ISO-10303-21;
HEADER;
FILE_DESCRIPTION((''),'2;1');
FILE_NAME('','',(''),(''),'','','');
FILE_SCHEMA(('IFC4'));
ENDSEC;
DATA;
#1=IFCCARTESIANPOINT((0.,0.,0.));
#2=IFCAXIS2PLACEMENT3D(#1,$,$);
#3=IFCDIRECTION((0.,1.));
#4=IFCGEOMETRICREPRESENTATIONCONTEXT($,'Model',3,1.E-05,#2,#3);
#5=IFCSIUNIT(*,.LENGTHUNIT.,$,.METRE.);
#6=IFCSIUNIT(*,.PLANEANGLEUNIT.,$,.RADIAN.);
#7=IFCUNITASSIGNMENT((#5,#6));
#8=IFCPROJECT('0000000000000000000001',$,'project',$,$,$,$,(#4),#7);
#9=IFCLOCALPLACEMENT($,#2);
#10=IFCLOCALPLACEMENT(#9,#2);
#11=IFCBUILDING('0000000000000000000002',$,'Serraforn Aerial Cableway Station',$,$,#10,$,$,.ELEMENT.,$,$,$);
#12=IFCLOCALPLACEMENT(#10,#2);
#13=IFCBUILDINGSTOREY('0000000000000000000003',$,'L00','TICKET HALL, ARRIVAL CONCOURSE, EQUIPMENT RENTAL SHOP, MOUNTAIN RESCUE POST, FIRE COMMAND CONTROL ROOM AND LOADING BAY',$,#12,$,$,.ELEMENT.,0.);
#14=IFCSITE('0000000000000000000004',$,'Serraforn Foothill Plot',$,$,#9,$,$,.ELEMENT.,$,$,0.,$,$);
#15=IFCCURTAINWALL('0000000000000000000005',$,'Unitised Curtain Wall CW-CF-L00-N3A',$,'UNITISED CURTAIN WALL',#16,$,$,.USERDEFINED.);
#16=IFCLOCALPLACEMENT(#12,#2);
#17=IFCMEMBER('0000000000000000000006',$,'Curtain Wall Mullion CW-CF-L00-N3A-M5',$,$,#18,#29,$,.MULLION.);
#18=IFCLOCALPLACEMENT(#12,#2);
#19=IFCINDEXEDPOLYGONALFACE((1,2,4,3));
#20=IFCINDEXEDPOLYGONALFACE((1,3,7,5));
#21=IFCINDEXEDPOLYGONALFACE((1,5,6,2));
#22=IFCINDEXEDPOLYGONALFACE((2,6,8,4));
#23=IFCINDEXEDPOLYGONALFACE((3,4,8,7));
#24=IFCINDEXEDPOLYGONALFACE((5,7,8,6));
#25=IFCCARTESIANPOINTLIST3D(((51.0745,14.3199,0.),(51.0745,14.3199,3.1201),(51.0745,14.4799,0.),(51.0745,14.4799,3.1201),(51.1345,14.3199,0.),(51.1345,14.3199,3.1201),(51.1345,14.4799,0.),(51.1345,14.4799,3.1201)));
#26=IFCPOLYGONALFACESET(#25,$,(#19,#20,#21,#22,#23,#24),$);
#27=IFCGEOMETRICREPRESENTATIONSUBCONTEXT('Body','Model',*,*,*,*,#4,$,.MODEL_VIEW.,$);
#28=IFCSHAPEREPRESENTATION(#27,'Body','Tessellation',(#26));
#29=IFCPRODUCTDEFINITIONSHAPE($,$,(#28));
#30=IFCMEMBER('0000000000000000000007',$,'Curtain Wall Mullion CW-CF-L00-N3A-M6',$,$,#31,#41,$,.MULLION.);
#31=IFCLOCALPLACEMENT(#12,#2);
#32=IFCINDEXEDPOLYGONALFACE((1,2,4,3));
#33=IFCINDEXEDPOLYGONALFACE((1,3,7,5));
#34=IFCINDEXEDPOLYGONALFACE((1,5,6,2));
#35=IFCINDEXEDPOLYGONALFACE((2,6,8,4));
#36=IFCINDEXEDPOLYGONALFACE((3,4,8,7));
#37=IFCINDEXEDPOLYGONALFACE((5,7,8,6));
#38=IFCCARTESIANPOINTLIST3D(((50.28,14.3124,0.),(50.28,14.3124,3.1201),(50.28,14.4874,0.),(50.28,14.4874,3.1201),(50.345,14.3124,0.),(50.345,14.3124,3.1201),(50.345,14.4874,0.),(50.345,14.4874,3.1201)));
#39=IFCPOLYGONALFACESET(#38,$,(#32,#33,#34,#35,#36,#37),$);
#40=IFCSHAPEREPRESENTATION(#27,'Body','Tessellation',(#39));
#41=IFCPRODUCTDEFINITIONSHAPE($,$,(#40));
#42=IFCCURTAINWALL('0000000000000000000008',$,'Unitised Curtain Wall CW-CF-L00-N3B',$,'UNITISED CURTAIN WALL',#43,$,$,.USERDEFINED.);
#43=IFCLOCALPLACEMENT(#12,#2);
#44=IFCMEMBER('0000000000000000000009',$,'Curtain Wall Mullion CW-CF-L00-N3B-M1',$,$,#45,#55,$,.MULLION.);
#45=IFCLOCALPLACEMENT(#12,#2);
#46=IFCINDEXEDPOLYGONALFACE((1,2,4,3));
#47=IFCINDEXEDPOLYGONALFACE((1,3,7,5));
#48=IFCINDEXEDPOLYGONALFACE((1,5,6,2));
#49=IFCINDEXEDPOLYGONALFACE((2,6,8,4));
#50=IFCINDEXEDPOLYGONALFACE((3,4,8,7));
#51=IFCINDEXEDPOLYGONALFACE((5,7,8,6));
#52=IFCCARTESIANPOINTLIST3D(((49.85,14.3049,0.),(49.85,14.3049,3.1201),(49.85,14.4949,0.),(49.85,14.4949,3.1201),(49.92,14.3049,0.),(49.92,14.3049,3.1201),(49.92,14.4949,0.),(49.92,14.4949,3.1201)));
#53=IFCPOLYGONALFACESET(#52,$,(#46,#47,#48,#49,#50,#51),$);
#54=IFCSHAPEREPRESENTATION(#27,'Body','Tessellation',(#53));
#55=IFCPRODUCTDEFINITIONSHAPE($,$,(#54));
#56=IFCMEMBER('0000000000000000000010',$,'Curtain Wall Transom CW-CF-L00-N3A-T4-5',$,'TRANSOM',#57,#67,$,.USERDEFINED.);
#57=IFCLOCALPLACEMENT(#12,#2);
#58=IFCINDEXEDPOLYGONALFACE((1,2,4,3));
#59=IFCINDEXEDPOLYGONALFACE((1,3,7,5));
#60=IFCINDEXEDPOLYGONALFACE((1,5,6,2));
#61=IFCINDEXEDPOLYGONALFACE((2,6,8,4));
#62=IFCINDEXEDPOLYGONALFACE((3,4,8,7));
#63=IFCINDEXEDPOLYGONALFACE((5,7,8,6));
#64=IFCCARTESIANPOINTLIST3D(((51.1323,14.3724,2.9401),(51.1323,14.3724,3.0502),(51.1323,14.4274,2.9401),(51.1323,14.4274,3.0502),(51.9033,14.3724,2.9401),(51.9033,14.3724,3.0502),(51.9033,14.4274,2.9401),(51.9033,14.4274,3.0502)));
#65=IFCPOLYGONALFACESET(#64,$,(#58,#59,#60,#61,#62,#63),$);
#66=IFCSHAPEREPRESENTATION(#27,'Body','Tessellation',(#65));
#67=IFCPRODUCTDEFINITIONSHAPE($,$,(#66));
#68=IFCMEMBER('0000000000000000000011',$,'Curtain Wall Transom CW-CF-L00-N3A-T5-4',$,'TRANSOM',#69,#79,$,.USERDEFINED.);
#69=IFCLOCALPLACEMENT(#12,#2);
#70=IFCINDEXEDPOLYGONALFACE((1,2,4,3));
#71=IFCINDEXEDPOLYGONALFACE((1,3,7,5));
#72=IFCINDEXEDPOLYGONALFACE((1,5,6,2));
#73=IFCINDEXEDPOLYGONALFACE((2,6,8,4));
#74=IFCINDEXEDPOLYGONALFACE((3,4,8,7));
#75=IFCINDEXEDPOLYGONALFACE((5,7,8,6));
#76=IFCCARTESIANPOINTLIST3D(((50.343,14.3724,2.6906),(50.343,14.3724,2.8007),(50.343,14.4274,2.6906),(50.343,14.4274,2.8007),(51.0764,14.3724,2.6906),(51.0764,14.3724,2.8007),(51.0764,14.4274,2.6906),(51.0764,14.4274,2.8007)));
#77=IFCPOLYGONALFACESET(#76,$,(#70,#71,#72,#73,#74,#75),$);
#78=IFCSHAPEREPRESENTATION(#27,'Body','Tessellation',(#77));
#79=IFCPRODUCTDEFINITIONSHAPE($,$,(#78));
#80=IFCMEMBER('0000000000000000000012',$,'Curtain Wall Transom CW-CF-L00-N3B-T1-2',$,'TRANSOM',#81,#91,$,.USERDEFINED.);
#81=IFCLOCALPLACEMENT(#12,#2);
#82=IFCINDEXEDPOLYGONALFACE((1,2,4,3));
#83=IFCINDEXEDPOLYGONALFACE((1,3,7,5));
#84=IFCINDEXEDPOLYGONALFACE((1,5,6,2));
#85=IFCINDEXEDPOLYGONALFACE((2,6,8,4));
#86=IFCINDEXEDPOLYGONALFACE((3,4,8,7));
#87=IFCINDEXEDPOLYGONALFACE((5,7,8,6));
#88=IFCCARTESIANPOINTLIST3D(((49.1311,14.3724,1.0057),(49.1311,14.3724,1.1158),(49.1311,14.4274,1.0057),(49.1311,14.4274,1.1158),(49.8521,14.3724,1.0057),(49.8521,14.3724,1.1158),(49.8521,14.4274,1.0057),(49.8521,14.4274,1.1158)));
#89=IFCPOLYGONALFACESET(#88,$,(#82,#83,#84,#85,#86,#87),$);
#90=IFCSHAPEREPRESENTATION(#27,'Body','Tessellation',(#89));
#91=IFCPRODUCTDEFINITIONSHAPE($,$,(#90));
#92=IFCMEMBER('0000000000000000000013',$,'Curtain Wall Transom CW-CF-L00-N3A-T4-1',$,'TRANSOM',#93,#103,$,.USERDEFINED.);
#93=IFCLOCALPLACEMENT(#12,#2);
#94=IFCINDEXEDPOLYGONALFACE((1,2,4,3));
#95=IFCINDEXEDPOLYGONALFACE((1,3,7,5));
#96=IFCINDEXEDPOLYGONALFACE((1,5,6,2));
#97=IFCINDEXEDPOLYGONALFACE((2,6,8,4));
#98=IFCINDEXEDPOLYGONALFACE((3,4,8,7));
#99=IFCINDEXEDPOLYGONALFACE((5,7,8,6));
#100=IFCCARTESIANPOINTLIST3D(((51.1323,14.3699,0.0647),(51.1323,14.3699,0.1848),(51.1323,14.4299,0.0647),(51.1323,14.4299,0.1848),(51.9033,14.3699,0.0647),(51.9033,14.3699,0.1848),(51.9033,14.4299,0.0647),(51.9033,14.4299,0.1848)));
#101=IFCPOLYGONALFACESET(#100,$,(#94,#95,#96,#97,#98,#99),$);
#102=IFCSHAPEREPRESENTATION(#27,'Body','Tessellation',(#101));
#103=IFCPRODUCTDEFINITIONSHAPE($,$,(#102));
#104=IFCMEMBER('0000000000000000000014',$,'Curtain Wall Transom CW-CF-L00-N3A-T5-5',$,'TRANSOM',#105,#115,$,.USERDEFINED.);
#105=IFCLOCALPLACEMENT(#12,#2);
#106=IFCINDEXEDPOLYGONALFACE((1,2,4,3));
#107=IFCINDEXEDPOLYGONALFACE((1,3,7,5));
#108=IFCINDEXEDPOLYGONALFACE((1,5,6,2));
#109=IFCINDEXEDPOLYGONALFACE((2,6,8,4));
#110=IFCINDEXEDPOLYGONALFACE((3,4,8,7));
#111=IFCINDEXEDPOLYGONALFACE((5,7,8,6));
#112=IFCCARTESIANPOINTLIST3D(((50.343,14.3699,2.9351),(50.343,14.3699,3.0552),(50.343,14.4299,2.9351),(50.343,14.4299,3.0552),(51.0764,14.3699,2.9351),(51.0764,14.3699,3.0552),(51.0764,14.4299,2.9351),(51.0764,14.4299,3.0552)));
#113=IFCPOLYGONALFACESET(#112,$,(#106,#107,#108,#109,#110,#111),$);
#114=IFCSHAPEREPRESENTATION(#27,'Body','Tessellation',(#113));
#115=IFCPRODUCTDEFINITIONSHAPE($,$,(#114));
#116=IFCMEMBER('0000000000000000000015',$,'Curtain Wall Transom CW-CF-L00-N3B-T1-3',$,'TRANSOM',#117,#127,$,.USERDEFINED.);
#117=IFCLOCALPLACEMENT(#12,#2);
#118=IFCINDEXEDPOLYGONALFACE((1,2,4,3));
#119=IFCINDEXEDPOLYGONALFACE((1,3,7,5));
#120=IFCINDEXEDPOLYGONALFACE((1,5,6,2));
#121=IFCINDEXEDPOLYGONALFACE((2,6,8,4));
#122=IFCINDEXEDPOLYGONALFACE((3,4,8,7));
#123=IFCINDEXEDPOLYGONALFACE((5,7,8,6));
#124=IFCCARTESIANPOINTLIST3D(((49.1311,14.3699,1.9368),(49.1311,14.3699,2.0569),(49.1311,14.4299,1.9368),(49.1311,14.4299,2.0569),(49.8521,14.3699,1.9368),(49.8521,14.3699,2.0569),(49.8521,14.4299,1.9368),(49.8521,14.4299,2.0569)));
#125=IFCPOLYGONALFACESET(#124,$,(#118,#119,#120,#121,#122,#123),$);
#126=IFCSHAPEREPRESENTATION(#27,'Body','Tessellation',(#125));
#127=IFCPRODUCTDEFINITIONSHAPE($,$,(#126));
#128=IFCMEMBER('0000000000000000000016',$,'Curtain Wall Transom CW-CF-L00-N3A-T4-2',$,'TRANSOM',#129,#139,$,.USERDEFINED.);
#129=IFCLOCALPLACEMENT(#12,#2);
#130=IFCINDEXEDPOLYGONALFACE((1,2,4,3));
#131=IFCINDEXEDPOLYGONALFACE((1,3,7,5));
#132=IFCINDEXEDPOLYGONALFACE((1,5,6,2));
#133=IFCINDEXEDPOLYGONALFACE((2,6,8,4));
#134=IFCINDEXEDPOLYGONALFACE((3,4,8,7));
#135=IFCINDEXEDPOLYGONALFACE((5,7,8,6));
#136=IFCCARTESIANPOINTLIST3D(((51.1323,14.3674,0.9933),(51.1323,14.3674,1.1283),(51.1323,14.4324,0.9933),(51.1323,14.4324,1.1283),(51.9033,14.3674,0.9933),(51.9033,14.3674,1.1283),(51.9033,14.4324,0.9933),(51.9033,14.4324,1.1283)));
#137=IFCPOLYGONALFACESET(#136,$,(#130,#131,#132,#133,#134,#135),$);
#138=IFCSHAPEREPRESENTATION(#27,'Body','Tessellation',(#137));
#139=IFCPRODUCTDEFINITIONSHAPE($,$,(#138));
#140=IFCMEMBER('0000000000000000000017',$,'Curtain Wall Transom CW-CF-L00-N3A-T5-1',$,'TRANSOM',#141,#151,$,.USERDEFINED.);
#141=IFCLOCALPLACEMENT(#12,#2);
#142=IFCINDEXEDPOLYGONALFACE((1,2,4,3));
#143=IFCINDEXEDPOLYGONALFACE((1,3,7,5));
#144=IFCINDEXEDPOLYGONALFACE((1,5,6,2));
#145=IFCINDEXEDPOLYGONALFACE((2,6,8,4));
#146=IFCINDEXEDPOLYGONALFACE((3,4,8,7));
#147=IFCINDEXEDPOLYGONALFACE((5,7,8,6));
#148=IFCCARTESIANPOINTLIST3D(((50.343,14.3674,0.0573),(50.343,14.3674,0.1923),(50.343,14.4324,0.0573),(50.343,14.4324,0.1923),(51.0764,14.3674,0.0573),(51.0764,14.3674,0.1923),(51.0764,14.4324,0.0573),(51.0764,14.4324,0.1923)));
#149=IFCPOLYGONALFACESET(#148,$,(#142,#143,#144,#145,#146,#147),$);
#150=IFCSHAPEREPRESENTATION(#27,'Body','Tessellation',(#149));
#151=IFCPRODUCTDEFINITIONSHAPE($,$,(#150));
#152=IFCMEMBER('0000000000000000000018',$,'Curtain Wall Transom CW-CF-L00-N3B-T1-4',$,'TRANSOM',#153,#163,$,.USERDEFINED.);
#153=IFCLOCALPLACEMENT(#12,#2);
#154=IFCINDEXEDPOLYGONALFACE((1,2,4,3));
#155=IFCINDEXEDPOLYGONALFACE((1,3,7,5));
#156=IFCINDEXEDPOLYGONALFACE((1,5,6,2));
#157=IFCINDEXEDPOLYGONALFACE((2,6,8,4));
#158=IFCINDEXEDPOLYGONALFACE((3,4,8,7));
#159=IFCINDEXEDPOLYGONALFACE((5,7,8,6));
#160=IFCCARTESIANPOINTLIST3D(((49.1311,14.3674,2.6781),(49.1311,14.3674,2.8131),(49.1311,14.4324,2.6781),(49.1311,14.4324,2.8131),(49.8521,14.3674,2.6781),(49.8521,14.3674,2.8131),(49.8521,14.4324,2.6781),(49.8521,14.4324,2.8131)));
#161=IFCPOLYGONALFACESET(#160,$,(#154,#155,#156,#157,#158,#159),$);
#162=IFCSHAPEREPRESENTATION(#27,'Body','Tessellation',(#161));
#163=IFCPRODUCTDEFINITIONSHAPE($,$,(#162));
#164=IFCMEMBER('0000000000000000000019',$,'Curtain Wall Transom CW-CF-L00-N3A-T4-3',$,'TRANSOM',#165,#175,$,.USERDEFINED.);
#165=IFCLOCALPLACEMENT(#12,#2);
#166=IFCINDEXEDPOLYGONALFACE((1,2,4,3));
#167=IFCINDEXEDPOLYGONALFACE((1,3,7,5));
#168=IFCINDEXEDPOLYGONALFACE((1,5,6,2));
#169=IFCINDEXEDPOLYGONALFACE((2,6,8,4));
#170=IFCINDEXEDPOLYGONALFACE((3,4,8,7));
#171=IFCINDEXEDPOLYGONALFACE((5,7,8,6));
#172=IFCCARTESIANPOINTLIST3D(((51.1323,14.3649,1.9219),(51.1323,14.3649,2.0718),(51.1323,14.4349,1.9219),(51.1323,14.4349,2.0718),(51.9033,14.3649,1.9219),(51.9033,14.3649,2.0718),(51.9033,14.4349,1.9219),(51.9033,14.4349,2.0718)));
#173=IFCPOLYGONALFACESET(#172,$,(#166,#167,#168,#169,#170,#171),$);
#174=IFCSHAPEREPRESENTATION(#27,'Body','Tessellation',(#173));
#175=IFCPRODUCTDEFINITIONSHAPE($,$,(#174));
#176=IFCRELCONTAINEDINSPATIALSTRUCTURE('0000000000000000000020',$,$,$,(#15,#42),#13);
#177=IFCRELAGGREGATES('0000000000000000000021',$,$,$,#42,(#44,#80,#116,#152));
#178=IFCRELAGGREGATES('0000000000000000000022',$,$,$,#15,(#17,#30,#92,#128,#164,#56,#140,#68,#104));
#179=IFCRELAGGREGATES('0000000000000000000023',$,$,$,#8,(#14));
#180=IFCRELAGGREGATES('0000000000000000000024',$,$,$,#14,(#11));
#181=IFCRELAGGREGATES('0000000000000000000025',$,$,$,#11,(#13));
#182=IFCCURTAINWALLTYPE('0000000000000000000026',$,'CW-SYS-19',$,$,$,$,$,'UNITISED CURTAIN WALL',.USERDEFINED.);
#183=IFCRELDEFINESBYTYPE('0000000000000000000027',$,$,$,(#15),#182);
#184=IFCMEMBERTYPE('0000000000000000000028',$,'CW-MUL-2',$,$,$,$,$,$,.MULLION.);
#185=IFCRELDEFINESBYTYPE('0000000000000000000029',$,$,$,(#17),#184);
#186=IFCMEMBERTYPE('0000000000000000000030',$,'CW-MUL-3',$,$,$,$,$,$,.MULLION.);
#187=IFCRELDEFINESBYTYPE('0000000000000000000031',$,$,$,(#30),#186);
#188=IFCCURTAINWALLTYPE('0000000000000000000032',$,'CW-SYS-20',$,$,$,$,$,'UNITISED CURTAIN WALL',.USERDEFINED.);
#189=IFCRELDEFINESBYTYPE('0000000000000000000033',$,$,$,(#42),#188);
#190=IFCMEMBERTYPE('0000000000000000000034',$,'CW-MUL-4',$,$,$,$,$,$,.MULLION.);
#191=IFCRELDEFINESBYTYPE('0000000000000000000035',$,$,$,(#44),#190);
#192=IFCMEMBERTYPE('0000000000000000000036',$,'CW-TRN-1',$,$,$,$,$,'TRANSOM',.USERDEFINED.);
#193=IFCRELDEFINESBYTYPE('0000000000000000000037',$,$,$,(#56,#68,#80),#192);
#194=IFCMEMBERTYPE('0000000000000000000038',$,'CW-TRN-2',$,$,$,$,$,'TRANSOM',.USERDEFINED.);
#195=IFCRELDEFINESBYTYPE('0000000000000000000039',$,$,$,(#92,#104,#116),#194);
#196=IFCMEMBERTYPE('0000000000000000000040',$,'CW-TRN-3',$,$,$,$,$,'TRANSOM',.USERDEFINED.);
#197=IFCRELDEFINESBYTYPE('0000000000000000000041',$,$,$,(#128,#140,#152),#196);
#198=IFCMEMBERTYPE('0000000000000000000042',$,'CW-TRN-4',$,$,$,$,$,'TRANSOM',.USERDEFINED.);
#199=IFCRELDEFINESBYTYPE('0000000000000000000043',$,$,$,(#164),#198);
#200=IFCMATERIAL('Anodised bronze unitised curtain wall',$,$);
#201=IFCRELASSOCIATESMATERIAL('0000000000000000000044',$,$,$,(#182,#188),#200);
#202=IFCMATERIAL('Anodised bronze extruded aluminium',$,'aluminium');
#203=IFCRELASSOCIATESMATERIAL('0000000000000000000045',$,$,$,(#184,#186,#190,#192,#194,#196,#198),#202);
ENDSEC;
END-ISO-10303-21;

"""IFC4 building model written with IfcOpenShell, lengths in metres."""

from ifc_helpers import new_model, si_unit, direction, frame, origin, origin_2d, place, context, subcontext, project, spatial, rectangle, extrude, material, material_profile, profile_set, type_object, element, aggregate, save


model = new_model("IFC4")

# Units and contexts
model_context = context("Model", 3, precision=1e-05, world=origin(), true_north=direction((0.0, 1.0)))
body_context = subcontext(model_context, "Body", "Model", "MODEL_VIEW")
ifc_project = project(units=[si_unit("LENGTHUNIT", "METRE"), si_unit("PLANEANGLEUNIT", "RADIAN")], contexts=[model_context])

# Site, building, storey
site_placement = place(None, origin())
site = spatial("IfcSite", under=ifc_project, at=site_placement, Name="Serraforn Foothill Plot", CompositionType="ELEMENT", RefElevation=0.0)
building_placement = place(site_placement, origin())
building = spatial("IfcBuilding", under=site, at=building_placement, Name="Serraforn Aerial Cableway Station", CompositionType="ELEMENT")
storey_placement = place(building_placement, origin())
storey = spatial("IfcBuildingStorey", under=building, at=storey_placement, Name="L00", Description="TICKET HALL, ARRIVAL CONCOURSE, EQUIPMENT RENTAL SHOP, MOUNTAIN RESCUE POST, FIRE COMMAND CONTROL ROOM AND LOADING BAY", CompositionType="ELEMENT", Elevation=0.0)

# Curtain wall, members
ifc_material_1 = material(Name="Anodised bronze unitised curtain wall")
curtain_wall_type_1 = type_object("IfcCurtainWallType", Name="CW-SYS-19", ElementType="UNITISED CURTAIN WALL", PredefinedType="USERDEFINED", material=ifc_material_1)
curtain_wall_1_placement = place(storey_placement, origin())
curtain_wall_1 = element("IfcCurtainWall", 1, at=curtain_wall_1_placement, inside=storey, type_object=curtain_wall_type_1, Name="Unitised Curtain Wall CW-CF-L00-N3A", ObjectType="UNITISED CURTAIN WALL", PredefinedType="USERDEFINED")
ifc_material_2 = material(Name="Anodised bronze extruded aluminium", Category="aluminium")
ifc_material_profile_1 = material_profile(ifc_material_2, rectangle(XDim=0.0601, YDim=0.1599, at=origin_2d()), Name="CW MULLION 60x160")
ifc_profile_set_1 = profile_set([ifc_material_profile_1], Name="Anodised bronze extruded aluminium")
member_type_1 = type_object("IfcMemberType", Name="CW-MUL-2", PredefinedType="MULLION", material=ifc_profile_set_1)
member_1_placement = place(storey_placement, frame((51.1045, 14.3999, 0.0), z_axis=(0.0, 0.0, 1.0), x_axis=(-1.0, 0.0, 0.0)))
member_1 = element("IfcMember", 2, at=member_1_placement, type_object=member_type_1, Name="Curtain Wall Mullion CW-CF-L00-N3A-M5", PredefinedType="MULLION", context=body_context, shape_type="SweptSolid", body=[
    extrude(rectangle(XDim=0.0601, YDim=0.1599, at=origin_2d()), origin(), (0.0, 0.0, 1.0), 3.1201),
])
ifc_material_profile_2 = material_profile(ifc_material_2, rectangle(XDim=0.0649, YDim=0.175, at=origin_2d()), Name="CW MULLION 65x175")
ifc_profile_set_2 = profile_set([ifc_material_profile_2], Name="Anodised bronze extruded aluminium")
member_type_2 = type_object("IfcMemberType", Name="CW-MUL-3", PredefinedType="MULLION", material=ifc_profile_set_2)
member_2_placement = place(storey_placement, frame((50.3125, 14.3999, 0.0), z_axis=(0.0, 0.0, 1.0), x_axis=(-1.0, 0.0, 0.0)))
member_2 = element("IfcMember", 3, at=member_2_placement, type_object=member_type_2, Name="Curtain Wall Mullion CW-CF-L00-N3A-M6", PredefinedType="MULLION", context=body_context, shape_type="SweptSolid", body=[
    extrude(rectangle(XDim=0.0649, YDim=0.175, at=origin_2d()), origin(), (0.0, 0.0, 1.0), 3.1201),
])

# Curtain wall, member
curtain_wall_type_2 = type_object("IfcCurtainWallType", Name="CW-SYS-20", ElementType="UNITISED CURTAIN WALL", PredefinedType="USERDEFINED", material=ifc_material_1)
curtain_wall_2_placement = place(storey_placement, origin())
curtain_wall_2 = element("IfcCurtainWall", 4, at=curtain_wall_2_placement, inside=storey, type_object=curtain_wall_type_2, Name="Unitised Curtain Wall CW-CF-L00-N3B", ObjectType="UNITISED CURTAIN WALL", PredefinedType="USERDEFINED")
ifc_material_profile_3 = material_profile(ifc_material_2, rectangle(XDim=0.0701, YDim=0.1899, at=origin_2d()), Name="CW MULLION 70x190")
ifc_profile_set_3 = profile_set([ifc_material_profile_3], Name="Anodised bronze extruded aluminium")
member_type_3 = type_object("IfcMemberType", Name="CW-MUL-4", PredefinedType="MULLION", material=ifc_profile_set_3)
member_3_placement = place(storey_placement, frame((49.885, 14.3999, 0.0), z_axis=(0.0, 0.0, 1.0), x_axis=(-1.0, 0.0, 0.0)))
member_3 = element("IfcMember", 5, at=member_3_placement, type_object=member_type_3, Name="Curtain Wall Mullion CW-CF-L00-N3B-M1", PredefinedType="MULLION", context=body_context, shape_type="SweptSolid", body=[
    extrude(rectangle(XDim=0.0701, YDim=0.1899, at=origin_2d()), origin(), (0.0, 0.0, 1.0), 3.1201),
])

# Members
ifc_material_profile_4 = material_profile(ifc_material_2, rectangle(XDim=0.0549, YDim=0.1101, at=origin_2d()), Name="CW TRANSOM 55x110")
ifc_profile_set_4 = profile_set([ifc_material_profile_4], Name="Anodised bronze extruded aluminium")
member_type_4 = type_object("IfcMemberType", Name="CW-TRN-1", ElementType="TRANSOM", PredefinedType="USERDEFINED", material=ifc_profile_set_4)
member_4_placement = place(storey_placement, frame((51.9033, 14.3999, 2.9951), z_axis=(-1.0, 0.0, 0.0), x_axis=(0.0, -1.0, 0.0)))
member_4 = element("IfcMember", 6, at=member_4_placement, type_object=member_type_4, Name="Curtain Wall Transom CW-CF-L00-N3A-T4-5", ObjectType="TRANSOM", PredefinedType="USERDEFINED", context=body_context, shape_type="SweptSolid", body=[
    extrude(rectangle(XDim=0.0549, YDim=0.1101, at=origin_2d()), origin(), (0.0, 0.0, 1.0), 0.771),
])
member_5_placement = place(storey_placement, frame((51.0764, 14.3999, 2.7456), z_axis=(-1.0, 0.0, 0.0), x_axis=(0.0, -1.0, 0.0)))
member_5 = element("IfcMember", 7, at=member_5_placement, type_object=member_type_4, Name="Curtain Wall Transom CW-CF-L00-N3A-T5-4", ObjectType="TRANSOM", PredefinedType="USERDEFINED", context=body_context, shape_type="SweptSolid", body=[
    extrude(rectangle(XDim=0.0549, YDim=0.1101, at=origin_2d()), origin(), (0.0, 0.0, 1.0), 0.7334),
])
member_6_placement = place(storey_placement, frame((49.8521, 14.3999, 1.0608), z_axis=(-1.0, 0.0, 0.0), x_axis=(0.0, -1.0, 0.0)))
member_6 = element("IfcMember", 8, at=member_6_placement, type_object=member_type_4, Name="Curtain Wall Transom CW-CF-L00-N3B-T1-2", ObjectType="TRANSOM", PredefinedType="USERDEFINED", context=body_context, shape_type="SweptSolid", body=[
    extrude(rectangle(XDim=0.0549, YDim=0.1101, at=origin_2d()), origin(), (0.0, 0.0, 1.0), 0.7209),
])
ifc_material_profile_5 = material_profile(ifc_material_2, rectangle(XDim=0.0601, YDim=0.1201, at=origin_2d()), Name="CW TRANSOM 60x120")
ifc_profile_set_5 = profile_set([ifc_material_profile_5], Name="Anodised bronze extruded aluminium")
member_type_5 = type_object("IfcMemberType", Name="CW-TRN-2", ElementType="TRANSOM", PredefinedType="USERDEFINED", material=ifc_profile_set_5)
member_7_placement = place(storey_placement, frame((51.9033, 14.3999, 0.1248), z_axis=(-1.0, 0.0, 0.0), x_axis=(0.0, -1.0, 0.0)))
member_7 = element("IfcMember", 9, at=member_7_placement, type_object=member_type_5, Name="Curtain Wall Transom CW-CF-L00-N3A-T4-1", ObjectType="TRANSOM", PredefinedType="USERDEFINED", context=body_context, shape_type="SweptSolid", body=[
    extrude(rectangle(XDim=0.0601, YDim=0.1201, at=origin_2d()), origin(), (0.0, 0.0, 1.0), 0.771),
])
member_8_placement = place(storey_placement, frame((51.0764, 14.3999, 2.9951), z_axis=(-1.0, 0.0, 0.0), x_axis=(0.0, -1.0, 0.0)))
member_8 = element("IfcMember", 10, at=member_8_placement, type_object=member_type_5, Name="Curtain Wall Transom CW-CF-L00-N3A-T5-5", ObjectType="TRANSOM", PredefinedType="USERDEFINED", context=body_context, shape_type="SweptSolid", body=[
    extrude(rectangle(XDim=0.0601, YDim=0.1201, at=origin_2d()), origin(), (0.0, 0.0, 1.0), 0.7334),
])
member_9_placement = place(storey_placement, frame((49.8521, 14.3999, 1.9968), z_axis=(-1.0, 0.0, 0.0), x_axis=(0.0, -1.0, 0.0)))
member_9 = element("IfcMember", 11, at=member_9_placement, type_object=member_type_5, Name="Curtain Wall Transom CW-CF-L00-N3B-T1-3", ObjectType="TRANSOM", PredefinedType="USERDEFINED", context=body_context, shape_type="SweptSolid", body=[
    extrude(rectangle(XDim=0.0601, YDim=0.1201, at=origin_2d()), origin(), (0.0, 0.0, 1.0), 0.7209),
])
ifc_material_profile_6 = material_profile(ifc_material_2, rectangle(XDim=0.0649, YDim=0.135, at=origin_2d()), Name="CW TRANSOM 65x135")
ifc_profile_set_6 = profile_set([ifc_material_profile_6], Name="Anodised bronze extruded aluminium")
member_type_6 = type_object("IfcMemberType", Name="CW-TRN-3", ElementType="TRANSOM", PredefinedType="USERDEFINED", material=ifc_profile_set_6)
member_10_placement = place(storey_placement, frame((51.9033, 14.3999, 1.0608), z_axis=(-1.0, 0.0, 0.0), x_axis=(0.0, -1.0, 0.0)))
member_10 = element("IfcMember", 12, at=member_10_placement, type_object=member_type_6, Name="Curtain Wall Transom CW-CF-L00-N3A-T4-2", ObjectType="TRANSOM", PredefinedType="USERDEFINED", context=body_context, shape_type="SweptSolid", body=[
    extrude(rectangle(XDim=0.0649, YDim=0.135, at=origin_2d()), origin(), (0.0, 0.0, 1.0), 0.771),
])
member_11_placement = place(storey_placement, frame((51.0764, 14.3999, 0.1248), z_axis=(-1.0, 0.0, 0.0), x_axis=(0.0, -1.0, 0.0)))
member_11 = element("IfcMember", 13, at=member_11_placement, type_object=member_type_6, Name="Curtain Wall Transom CW-CF-L00-N3A-T5-1", ObjectType="TRANSOM", PredefinedType="USERDEFINED", context=body_context, shape_type="SweptSolid", body=[
    extrude(rectangle(XDim=0.0649, YDim=0.135, at=origin_2d()), origin(), (0.0, 0.0, 1.0), 0.7334),
])
member_12_placement = place(storey_placement, frame((49.8521, 14.3999, 2.7456), z_axis=(-1.0, 0.0, 0.0), x_axis=(0.0, -1.0, 0.0)))
member_12 = element("IfcMember", 14, at=member_12_placement, type_object=member_type_6, Name="Curtain Wall Transom CW-CF-L00-N3B-T1-4", ObjectType="TRANSOM", PredefinedType="USERDEFINED", context=body_context, shape_type="SweptSolid", body=[
    extrude(rectangle(XDim=0.0649, YDim=0.135, at=origin_2d()), origin(), (0.0, 0.0, 1.0), 0.7209),
])
ifc_material_profile_7 = material_profile(ifc_material_2, rectangle(XDim=0.0701, YDim=0.1499, at=origin_2d()), Name="CW TRANSOM 70x150")
ifc_profile_set_7 = profile_set([ifc_material_profile_7], Name="Anodised bronze extruded aluminium")
member_type_7 = type_object("IfcMemberType", Name="CW-TRN-4", ElementType="TRANSOM", PredefinedType="USERDEFINED", material=ifc_profile_set_7)
member_13_placement = place(storey_placement, frame((51.9033, 14.3999, 1.9968), z_axis=(-1.0, 0.0, 0.0), x_axis=(0.0, -1.0, 0.0)))
member_13 = element("IfcMember", 15, at=member_13_placement, type_object=member_type_7, Name="Curtain Wall Transom CW-CF-L00-N3A-T4-3", ObjectType="TRANSOM", PredefinedType="USERDEFINED", context=body_context, shape_type="SweptSolid", body=[
    extrude(rectangle(XDim=0.0701, YDim=0.1499, at=origin_2d()), origin(), (0.0, 0.0, 1.0), 0.771),
])

aggregate(curtain_wall_2, [member_3, member_6, member_9, member_12])
aggregate(curtain_wall_1, [member_1, member_2, member_7, member_10, member_13, member_4, member_11, member_5, member_8])

save(model, "model.ifc")
